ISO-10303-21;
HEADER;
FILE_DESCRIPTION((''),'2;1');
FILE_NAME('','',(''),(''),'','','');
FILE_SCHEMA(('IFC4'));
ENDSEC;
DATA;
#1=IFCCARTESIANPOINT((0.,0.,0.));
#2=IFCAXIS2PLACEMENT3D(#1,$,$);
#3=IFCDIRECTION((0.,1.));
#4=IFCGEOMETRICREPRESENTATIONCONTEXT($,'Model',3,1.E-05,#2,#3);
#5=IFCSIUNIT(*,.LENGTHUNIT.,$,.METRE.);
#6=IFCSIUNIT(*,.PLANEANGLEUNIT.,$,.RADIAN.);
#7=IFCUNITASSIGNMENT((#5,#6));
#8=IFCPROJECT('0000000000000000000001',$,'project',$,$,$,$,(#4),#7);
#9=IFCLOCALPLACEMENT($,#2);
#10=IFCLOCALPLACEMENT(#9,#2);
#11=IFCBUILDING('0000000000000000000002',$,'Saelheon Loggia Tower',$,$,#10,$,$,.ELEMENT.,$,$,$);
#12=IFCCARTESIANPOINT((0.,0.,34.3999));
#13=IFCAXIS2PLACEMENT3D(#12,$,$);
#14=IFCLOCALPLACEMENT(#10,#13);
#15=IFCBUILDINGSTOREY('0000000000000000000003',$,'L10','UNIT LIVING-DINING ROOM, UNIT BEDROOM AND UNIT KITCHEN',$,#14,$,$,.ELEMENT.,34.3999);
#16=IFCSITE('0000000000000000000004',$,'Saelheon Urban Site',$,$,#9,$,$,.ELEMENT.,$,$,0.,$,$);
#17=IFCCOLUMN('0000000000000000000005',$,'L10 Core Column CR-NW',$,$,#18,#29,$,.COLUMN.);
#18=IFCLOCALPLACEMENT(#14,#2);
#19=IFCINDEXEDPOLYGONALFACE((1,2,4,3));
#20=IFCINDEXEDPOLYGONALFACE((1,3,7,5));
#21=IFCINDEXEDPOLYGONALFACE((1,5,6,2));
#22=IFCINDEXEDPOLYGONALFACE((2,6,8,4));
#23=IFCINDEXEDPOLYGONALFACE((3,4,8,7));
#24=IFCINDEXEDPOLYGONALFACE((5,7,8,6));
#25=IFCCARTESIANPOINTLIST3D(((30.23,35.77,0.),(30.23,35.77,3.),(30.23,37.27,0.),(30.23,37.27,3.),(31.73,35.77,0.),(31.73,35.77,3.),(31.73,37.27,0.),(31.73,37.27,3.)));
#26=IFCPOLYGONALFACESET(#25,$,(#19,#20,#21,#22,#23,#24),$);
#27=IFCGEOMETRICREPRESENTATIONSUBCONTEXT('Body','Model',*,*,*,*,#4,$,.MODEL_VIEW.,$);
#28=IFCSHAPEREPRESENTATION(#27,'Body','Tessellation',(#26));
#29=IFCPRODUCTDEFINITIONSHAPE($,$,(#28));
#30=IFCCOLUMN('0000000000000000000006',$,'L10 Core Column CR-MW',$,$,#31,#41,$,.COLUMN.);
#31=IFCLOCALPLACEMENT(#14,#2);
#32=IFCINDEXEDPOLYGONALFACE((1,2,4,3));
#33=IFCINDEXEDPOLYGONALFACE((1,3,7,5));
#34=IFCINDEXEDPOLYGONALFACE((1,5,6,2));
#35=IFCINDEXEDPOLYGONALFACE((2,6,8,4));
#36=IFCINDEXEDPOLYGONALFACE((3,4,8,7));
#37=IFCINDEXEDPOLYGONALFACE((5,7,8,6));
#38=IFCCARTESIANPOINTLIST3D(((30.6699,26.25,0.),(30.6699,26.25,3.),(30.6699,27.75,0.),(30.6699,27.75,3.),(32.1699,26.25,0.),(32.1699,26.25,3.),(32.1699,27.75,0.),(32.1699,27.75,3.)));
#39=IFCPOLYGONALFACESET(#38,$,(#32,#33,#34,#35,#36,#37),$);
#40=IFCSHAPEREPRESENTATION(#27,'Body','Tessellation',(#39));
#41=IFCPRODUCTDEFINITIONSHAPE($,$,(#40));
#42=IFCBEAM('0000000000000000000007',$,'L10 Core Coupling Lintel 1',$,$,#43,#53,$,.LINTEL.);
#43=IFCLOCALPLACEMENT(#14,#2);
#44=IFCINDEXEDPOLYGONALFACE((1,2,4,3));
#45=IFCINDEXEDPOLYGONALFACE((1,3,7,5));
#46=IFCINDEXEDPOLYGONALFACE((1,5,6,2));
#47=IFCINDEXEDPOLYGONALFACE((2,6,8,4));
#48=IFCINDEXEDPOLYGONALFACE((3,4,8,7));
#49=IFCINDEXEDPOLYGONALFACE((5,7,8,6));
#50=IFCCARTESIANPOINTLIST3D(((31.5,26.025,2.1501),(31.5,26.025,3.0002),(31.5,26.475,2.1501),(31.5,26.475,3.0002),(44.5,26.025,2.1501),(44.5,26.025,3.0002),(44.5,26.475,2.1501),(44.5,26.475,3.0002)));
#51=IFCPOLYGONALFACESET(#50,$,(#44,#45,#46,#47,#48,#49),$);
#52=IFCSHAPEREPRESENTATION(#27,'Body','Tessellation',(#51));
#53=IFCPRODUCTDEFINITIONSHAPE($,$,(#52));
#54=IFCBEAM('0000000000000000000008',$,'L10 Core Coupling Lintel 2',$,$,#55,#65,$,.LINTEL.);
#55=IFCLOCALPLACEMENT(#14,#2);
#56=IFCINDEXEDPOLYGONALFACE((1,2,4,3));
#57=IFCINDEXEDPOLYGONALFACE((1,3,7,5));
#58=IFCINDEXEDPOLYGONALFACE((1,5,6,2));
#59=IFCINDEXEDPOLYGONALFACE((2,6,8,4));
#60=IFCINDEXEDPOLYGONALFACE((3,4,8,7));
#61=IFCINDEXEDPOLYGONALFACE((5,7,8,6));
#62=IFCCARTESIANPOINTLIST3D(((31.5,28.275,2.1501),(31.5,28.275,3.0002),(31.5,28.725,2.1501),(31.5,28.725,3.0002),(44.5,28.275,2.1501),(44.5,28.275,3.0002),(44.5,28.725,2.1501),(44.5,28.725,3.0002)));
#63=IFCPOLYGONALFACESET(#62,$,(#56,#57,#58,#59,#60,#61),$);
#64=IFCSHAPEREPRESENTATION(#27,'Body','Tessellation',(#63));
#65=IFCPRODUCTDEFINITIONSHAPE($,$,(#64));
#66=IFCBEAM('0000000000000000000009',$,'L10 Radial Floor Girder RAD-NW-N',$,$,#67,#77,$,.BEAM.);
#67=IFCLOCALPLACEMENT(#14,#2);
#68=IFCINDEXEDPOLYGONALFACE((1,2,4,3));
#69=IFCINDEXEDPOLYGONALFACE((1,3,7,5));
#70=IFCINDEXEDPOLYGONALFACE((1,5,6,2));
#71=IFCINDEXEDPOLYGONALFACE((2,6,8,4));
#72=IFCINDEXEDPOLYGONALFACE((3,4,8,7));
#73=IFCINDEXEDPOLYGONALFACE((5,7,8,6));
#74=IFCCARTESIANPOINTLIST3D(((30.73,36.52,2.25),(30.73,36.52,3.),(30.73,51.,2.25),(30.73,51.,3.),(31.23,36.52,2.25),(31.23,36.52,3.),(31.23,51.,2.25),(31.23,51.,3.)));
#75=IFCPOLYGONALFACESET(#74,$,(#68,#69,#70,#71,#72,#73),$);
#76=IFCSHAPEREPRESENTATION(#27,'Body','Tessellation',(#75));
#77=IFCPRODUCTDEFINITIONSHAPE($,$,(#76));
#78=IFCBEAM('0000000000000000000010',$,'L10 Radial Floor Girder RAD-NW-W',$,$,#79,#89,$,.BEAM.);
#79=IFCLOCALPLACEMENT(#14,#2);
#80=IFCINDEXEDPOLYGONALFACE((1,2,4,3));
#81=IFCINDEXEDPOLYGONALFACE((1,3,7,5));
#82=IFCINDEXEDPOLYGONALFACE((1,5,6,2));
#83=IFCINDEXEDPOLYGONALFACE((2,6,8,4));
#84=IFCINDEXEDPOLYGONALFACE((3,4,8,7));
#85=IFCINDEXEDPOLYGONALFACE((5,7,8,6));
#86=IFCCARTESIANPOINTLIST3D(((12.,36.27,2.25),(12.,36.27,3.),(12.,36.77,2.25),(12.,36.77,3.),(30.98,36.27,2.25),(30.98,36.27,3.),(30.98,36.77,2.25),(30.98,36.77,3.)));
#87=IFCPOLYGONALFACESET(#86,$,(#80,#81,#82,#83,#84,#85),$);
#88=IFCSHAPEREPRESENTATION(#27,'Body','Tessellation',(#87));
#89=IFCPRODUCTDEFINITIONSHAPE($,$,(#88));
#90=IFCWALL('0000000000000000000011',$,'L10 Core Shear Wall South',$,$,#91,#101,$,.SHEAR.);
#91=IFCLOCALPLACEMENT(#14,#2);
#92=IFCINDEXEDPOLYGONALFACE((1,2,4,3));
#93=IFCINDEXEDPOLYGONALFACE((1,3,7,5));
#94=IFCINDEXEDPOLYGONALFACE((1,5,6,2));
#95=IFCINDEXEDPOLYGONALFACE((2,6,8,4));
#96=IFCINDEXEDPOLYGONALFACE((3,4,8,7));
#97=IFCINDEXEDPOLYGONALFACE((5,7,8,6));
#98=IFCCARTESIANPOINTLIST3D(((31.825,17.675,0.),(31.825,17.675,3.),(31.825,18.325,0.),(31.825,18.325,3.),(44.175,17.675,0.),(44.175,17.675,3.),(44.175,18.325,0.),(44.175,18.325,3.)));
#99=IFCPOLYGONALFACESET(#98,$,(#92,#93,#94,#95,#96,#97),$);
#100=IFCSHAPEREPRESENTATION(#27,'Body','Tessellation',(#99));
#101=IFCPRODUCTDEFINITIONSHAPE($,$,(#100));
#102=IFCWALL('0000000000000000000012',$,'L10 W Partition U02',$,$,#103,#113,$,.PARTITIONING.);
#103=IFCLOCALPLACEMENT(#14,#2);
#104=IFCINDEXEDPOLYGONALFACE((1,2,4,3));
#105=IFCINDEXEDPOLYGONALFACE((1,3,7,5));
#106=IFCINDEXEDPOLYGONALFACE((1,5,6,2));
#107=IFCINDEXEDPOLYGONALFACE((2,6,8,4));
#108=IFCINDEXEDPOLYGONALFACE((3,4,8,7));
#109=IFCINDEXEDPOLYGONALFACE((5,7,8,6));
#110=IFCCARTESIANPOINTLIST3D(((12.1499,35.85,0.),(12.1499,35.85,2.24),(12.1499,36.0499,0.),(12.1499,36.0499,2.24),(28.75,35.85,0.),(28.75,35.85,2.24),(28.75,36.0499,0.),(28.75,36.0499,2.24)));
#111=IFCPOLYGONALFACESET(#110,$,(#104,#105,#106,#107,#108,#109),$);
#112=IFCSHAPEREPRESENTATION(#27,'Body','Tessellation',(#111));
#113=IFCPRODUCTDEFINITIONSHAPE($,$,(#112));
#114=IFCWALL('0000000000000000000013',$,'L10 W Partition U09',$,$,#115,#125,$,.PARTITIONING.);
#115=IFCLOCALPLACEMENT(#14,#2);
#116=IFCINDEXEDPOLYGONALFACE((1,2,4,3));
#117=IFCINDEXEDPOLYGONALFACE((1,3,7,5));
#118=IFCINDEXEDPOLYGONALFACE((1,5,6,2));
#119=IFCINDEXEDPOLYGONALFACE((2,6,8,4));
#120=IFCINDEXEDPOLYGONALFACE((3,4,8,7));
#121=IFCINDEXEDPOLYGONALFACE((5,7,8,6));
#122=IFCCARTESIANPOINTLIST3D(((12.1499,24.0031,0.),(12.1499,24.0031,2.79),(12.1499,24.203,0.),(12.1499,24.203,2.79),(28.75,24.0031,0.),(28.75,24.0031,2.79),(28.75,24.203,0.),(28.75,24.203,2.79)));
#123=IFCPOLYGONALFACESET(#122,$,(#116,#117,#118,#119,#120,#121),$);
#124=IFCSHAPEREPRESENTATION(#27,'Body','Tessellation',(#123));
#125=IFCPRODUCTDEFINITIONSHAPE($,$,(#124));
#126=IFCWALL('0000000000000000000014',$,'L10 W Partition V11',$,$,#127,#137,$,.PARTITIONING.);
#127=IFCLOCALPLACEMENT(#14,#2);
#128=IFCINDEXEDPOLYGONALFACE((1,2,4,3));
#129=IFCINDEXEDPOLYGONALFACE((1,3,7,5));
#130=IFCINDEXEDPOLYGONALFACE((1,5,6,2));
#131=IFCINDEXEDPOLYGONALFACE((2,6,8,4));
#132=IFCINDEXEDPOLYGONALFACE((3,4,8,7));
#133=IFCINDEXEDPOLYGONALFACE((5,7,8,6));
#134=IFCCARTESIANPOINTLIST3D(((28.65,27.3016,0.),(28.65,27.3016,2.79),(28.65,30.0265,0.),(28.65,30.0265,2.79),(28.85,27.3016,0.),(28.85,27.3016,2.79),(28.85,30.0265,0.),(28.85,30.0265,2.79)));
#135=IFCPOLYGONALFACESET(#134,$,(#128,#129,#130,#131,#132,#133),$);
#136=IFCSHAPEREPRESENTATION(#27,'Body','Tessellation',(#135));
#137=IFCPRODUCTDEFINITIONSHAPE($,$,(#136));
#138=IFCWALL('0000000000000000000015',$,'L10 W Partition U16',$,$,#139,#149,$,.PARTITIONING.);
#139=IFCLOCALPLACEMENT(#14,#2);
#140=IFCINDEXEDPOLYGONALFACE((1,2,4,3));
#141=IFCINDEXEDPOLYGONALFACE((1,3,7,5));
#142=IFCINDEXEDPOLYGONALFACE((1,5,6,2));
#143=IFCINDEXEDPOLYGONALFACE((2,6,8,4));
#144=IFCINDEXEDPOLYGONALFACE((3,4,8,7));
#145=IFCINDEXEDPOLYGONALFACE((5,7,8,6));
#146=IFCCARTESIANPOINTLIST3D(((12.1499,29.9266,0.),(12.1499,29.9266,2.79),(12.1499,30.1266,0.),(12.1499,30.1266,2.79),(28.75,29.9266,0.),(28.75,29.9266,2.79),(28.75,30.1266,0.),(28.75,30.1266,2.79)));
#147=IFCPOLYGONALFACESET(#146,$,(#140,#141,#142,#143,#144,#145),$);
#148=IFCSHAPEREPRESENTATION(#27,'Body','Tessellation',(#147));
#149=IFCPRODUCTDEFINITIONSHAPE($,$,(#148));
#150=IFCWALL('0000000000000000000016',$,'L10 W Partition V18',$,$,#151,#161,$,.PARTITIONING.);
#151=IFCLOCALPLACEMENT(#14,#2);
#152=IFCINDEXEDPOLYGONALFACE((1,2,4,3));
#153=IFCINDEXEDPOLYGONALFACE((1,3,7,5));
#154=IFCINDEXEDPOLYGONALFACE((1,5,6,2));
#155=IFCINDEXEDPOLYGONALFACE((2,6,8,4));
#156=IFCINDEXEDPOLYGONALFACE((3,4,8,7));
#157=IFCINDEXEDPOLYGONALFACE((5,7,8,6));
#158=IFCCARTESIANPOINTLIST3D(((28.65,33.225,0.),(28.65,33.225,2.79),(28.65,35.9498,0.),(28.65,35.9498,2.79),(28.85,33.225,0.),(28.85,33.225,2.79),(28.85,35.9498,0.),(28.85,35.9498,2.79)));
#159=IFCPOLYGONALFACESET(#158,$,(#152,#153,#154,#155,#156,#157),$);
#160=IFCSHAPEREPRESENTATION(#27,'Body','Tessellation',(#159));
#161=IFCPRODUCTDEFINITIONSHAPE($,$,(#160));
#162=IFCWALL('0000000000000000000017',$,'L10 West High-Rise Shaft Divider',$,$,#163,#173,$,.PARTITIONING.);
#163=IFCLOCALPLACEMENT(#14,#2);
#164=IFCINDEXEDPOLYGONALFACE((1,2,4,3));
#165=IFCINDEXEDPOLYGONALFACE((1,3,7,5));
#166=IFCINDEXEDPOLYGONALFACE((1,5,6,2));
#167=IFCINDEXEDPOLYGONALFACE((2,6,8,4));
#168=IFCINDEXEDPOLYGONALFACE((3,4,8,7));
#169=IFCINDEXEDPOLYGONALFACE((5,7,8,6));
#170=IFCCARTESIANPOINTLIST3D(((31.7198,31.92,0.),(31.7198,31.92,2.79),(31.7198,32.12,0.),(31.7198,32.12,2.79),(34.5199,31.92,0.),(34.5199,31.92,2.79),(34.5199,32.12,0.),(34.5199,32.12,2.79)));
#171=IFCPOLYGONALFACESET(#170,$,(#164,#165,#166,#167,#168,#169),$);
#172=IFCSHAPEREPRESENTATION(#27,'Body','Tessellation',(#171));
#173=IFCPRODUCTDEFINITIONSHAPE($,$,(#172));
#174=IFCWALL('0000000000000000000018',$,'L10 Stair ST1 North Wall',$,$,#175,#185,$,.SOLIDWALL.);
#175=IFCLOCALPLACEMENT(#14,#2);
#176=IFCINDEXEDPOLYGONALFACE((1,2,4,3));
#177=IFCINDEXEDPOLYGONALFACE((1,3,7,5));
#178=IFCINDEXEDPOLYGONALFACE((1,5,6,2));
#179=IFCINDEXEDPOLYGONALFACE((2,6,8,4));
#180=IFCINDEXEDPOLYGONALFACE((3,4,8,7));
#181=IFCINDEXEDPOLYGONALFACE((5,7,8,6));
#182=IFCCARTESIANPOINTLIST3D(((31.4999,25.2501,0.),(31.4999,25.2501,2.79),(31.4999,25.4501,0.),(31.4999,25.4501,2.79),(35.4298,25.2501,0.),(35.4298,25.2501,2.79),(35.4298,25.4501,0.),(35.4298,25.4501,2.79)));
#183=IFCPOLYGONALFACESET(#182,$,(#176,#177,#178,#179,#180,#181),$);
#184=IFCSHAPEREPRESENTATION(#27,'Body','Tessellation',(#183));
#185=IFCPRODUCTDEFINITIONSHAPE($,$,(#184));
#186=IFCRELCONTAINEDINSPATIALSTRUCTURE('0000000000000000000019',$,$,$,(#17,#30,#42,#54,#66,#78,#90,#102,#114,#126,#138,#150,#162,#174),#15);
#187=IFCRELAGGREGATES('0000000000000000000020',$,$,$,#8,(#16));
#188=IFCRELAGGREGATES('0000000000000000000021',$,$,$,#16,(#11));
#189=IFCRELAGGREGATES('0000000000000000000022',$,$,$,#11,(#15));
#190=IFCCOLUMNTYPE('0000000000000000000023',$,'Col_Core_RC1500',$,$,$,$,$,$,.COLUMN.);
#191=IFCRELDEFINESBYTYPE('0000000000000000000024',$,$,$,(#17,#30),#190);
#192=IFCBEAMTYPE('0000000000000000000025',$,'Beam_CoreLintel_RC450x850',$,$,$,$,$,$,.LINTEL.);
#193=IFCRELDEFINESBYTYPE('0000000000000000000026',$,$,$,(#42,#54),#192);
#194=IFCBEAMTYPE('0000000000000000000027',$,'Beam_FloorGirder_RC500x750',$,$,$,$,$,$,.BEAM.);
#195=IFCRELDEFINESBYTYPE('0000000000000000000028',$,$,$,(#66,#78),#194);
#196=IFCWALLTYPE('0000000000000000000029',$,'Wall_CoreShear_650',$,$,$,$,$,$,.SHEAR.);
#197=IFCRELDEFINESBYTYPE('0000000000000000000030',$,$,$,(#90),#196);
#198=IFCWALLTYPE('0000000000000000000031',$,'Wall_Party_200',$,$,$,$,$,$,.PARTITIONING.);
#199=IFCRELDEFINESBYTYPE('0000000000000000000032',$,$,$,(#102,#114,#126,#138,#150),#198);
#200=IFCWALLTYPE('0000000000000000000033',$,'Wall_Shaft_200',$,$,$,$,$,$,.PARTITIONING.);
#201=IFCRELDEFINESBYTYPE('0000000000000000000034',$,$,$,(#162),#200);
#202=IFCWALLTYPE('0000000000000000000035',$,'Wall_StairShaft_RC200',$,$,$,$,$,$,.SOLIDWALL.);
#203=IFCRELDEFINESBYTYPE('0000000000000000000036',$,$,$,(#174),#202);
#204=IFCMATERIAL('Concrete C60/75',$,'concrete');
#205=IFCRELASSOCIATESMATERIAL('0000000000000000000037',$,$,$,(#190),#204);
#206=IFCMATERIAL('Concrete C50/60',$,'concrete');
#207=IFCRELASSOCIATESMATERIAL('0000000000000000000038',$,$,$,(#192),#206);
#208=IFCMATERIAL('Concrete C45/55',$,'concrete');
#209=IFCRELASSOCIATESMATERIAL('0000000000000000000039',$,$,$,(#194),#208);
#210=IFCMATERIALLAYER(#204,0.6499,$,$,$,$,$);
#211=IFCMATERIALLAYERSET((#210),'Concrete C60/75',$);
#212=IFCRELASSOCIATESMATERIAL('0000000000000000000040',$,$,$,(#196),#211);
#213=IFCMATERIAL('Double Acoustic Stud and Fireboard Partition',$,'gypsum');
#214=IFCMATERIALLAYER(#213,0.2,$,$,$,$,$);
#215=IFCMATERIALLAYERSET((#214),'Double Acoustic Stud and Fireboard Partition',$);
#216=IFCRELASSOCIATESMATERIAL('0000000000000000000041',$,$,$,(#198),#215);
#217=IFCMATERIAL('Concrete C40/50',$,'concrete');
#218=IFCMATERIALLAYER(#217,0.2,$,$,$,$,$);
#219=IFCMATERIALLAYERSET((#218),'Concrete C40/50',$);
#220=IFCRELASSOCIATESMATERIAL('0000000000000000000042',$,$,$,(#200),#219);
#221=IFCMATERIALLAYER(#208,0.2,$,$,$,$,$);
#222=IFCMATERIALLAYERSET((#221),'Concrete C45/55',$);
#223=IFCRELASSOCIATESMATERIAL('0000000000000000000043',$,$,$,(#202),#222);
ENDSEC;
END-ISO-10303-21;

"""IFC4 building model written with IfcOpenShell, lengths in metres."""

from ifc_helpers import new_model, si_unit, direction, frame, frame_2d, origin, origin_2d, place, context, subcontext, project, spatial, rectangle, extrude, source, transform, mapped, material, layer, layer_set, material_profile, profile_set, type_object, element, save


model = new_model("IFC4")

# Units and contexts
model_context = context("Model", 3, precision=1e-05, world=origin(), true_north=direction((0.0, 1.0)))
body_context = subcontext(model_context, "Body", "Model", "MODEL_VIEW")
ifc_project = project(units=[si_unit("LENGTHUNIT", "METRE"), si_unit("PLANEANGLEUNIT", "RADIAN")], contexts=[model_context])

# Site, building, storey
site_placement = place(None, origin())
site = spatial("IfcSite", under=ifc_project, at=site_placement, Name="Saelheon Urban Site", CompositionType="ELEMENT", RefElevation=0.0)
building_placement = place(site_placement, origin())
building = spatial("IfcBuilding", under=site, at=building_placement, Name="Saelheon Loggia Tower", CompositionType="ELEMENT")
storey_placement = place(building_placement, frame((0.0, 0.0, 34.3999)))
storey = spatial("IfcBuildingStorey", under=building, at=storey_placement, Name="L10", Description="UNIT LIVING-DINING ROOM, UNIT BEDROOM AND UNIT KITCHEN", CompositionType="ELEMENT", Elevation=34.3999)

# Columns
ifc_material_1 = material(Name="Concrete C60/75", Category="concrete")
ifc_material_profile_1 = material_profile(ifc_material_1, rectangle(XDim=1.5, YDim=1.5, at=origin_2d()), Name="RC-1500x1500")
ifc_profile_set_1 = profile_set([ifc_material_profile_1], Name="Concrete C60/75")
column_type = type_object("IfcColumnType", Name="Col_Core_RC1500", PredefinedType="COLUMN", material=ifc_profile_set_1)
shared_shape_1 = source(origin(), body_context, "Body", "SweptSolid", [
    extrude(rectangle(XDim=1.5, YDim=1.5, at=origin_2d()), origin(), (0.0, 0.0, 1.0), 3.0),
])
for number, where, z_axis, x_axis, name in (
    (1, (30.98, 36.52, 0.0), (0.0, 0.0, 1.0), (1.0, 0.0, 0.0), "L10 Core Column CR-NW"),
    (2, (31.4199, 27.0, 0.0), (0.0, 0.0, 1.0), (1.0, 0.0, 0.0), "L10 Core Column CR-MW"),
):
    element("IfcColumn", number, at=place(storey_placement, frame(where, z_axis=z_axis, x_axis=x_axis)), inside=storey, type_object=column_type, Name=name, PredefinedType="COLUMN", context=body_context, shape_type="MappedRepresentation", body=[
        mapped(shared_shape_1, transform((0.0, 0.0, 0.0), scale=1.0)),
    ])

# Beams
ifc_material_2 = material(Name="Concrete C50/60", Category="concrete")
ifc_material_profile_2 = material_profile(ifc_material_2, rectangle(XDim=0.45, YDim=0.8501, at=origin_2d()), Name="RC-450x850")
ifc_profile_set_2 = profile_set([ifc_material_profile_2], Name="Concrete C50/60")
beam_type_1 = type_object("IfcBeamType", Name="Beam_CoreLintel_RC450x850", PredefinedType="LINTEL", material=ifc_profile_set_2)
shared_shape_2 = source(origin(), body_context, "Body", "SweptSolid", [
    extrude(rectangle(XDim=0.45, YDim=0.8501, at=origin_2d()), origin(), (0.0, 0.0, 1.0), 13.0),
])
for number, where, z_axis, x_axis, name in (
    (3, (31.5, 26.25, 2.5752), (1.0, 0.0, 0.0), (0.0, 1.0, 0.0), "L10 Core Coupling Lintel 1"),
    (4, (31.5, 28.5, 2.5752), (1.0, 0.0, 0.0), (0.0, 1.0, 0.0), "L10 Core Coupling Lintel 2"),
):
    element("IfcBeam", number, at=place(storey_placement, frame(where, z_axis=z_axis, x_axis=x_axis)), inside=storey, type_object=beam_type_1, Name=name, PredefinedType="LINTEL", context=body_context, shape_type="MappedRepresentation", body=[
        mapped(shared_shape_2, transform((0.0, 0.0, 0.0), scale=1.0)),
    ])
ifc_material_3 = material(Name="Concrete C45/55", Category="concrete")
ifc_material_profile_3 = material_profile(ifc_material_3, rectangle(XDim=0.5, YDim=0.75, at=origin_2d()), Name="RC-500x750")
ifc_profile_set_3 = profile_set([ifc_material_profile_3], Name="Concrete C45/55")
beam_type_2 = type_object("IfcBeamType", Name="Beam_FloorGirder_RC500x750", PredefinedType="BEAM", material=ifc_profile_set_3)
shared_shape_3 = source(origin(), body_context, "Body", "SweptSolid", [
    extrude(rectangle(XDim=0.5, YDim=0.75, at=origin_2d()), origin(), (0.0, 0.0, 1.0), 14.48),
])
beam_1_placement = place(storey_placement, frame((30.98, 36.52, 2.625), z_axis=(0.0, 1.0, 0.0), x_axis=(-1.0, 0.0, 0.0)))
element("IfcBeam", 5, at=beam_1_placement, inside=storey, type_object=beam_type_2, Name="L10 Radial Floor Girder RAD-NW-N", PredefinedType="BEAM", context=body_context, shape_type="MappedRepresentation", body=[
    mapped(shared_shape_3, transform((0.0, 0.0, 0.0), scale=1.0)),
])
shared_shape_4 = source(origin(), body_context, "Body", "SweptSolid", [
    extrude(rectangle(XDim=0.5, YDim=0.75, at=origin_2d()), origin(), (0.0, 0.0, 1.0), 18.98),
])
beam_2_placement = place(storey_placement, frame((30.98, 36.52, 2.625), z_axis=(-1.0, 0.0, 0.0), x_axis=(0.0, -1.0, 0.0)))
element("IfcBeam", 6, at=beam_2_placement, inside=storey, type_object=beam_type_2, Name="L10 Radial Floor Girder RAD-NW-W", PredefinedType="BEAM", context=body_context, shape_type="MappedRepresentation", body=[
    mapped(shared_shape_4, transform((0.0, 0.0, 0.0), scale=1.0)),
])

# Wall
ifc_layer_1 = layer(ifc_material_1, 0.6499)
ifc_layer_set_1 = layer_set([ifc_layer_1], Name="Concrete C60/75")
wall_type_1 = type_object("IfcWallType", Name="Wall_CoreShear_650", PredefinedType="SHEAR", material=ifc_layer_set_1)
wall_1_placement = place(storey_placement, frame((31.825, 18.0, 0.0), z_axis=(0.0, 0.0, 1.0), x_axis=(1.0, 0.0, 0.0)))
element("IfcWall", 7, at=wall_1_placement, inside=storey, type_object=wall_type_1, Name="L10 Core Shear Wall South", PredefinedType="SHEAR", context=body_context, shape_type="SweptSolid", body=[
    extrude(rectangle(XDim=12.3501, YDim=0.6499, at=frame_2d((6.175, 0.0))), origin(), (0.0, 0.0, 1.0), 3.0),
])

# Wall
ifc_material_4 = material(Name="Double Acoustic Stud and Fireboard Partition", Category="gypsum")
ifc_layer_2 = layer(ifc_material_4, 0.2)
ifc_layer_set_2 = layer_set([ifc_layer_2], Name="Double Acoustic Stud and Fireboard Partition")
wall_type_2 = type_object("IfcWallType", Name="Wall_Party_200", PredefinedType="PARTITIONING", material=ifc_layer_set_2)
wall_2_placement = place(storey_placement, frame((28.75, 35.95, 0.0), z_axis=(0.0, 0.0, 1.0), x_axis=(-1.0, 0.0, 0.0)))
element("IfcWall", 8, at=wall_2_placement, inside=storey, type_object=wall_type_2, Name="L10 W Partition U02", PredefinedType="PARTITIONING", context=body_context, shape_type="SweptSolid", body=[
    extrude(rectangle(XDim=16.6001, YDim=0.2, at=frame_2d((8.3, 0.0))), origin(), (0.0, 0.0, 1.0), 2.24),
])

# Wall
wall_3_placement = place(storey_placement, frame((28.75, 24.103, 0.0), z_axis=(0.0, 0.0, 1.0), x_axis=(-1.0, 0.0, 0.0)))
element("IfcWall", 9, at=wall_3_placement, inside=storey, type_object=wall_type_2, Name="L10 W Partition U09", PredefinedType="PARTITIONING", context=body_context, shape_type="SweptSolid", body=[
    extrude(rectangle(XDim=16.6001, YDim=0.2, at=frame_2d((8.3, 0.0))), origin(), (0.0, 0.0, 1.0), 2.79),
])

# Walls
wall_4_placement = place(storey_placement, frame((28.75, 27.3018, 0.0), z_axis=(0.0, 0.0, 1.0), x_axis=(0.0, 1.0, 0.0)))
element("IfcWall", 10, at=wall_4_placement, inside=storey, type_object=wall_type_2, Name="L10 W Partition V11", PredefinedType="PARTITIONING", context=body_context, shape_type="SweptSolid", body=[
    extrude(rectangle(XDim=2.7249, YDim=0.2, at=frame_2d((1.3623, 0.0))), origin(), (0.0, 0.0, 1.0), 2.79),
])
wall_5_placement = place(storey_placement, frame((28.75, 30.0266, 0.0), z_axis=(0.0, 0.0, 1.0), x_axis=(-1.0, 0.0, 0.0)))
element("IfcWall", 11, at=wall_5_placement, inside=storey, type_object=wall_type_2, Name="L10 W Partition U16", PredefinedType="PARTITIONING", context=body_context, shape_type="SweptSolid", body=[
    extrude(rectangle(XDim=16.6001, YDim=0.2, at=frame_2d((8.3, 0.0))), origin(), (0.0, 0.0, 1.0), 2.79),
])

# Walls
wall_6_placement = place(storey_placement, frame((28.75, 33.2251, 0.0), z_axis=(0.0, 0.0, 1.0), x_axis=(0.0, 1.0, 0.0)))
element("IfcWall", 12, at=wall_6_placement, inside=storey, type_object=wall_type_2, Name="L10 W Partition V18", PredefinedType="PARTITIONING", context=body_context, shape_type="SweptSolid", body=[
    extrude(rectangle(XDim=2.7249, YDim=0.2, at=frame_2d((1.3623, 0.0))), origin(), (0.0, 0.0, 1.0), 2.79),
])
ifc_material_5 = material(Name="Concrete C40/50", Category="concrete")
ifc_layer_3 = layer(ifc_material_5, 0.2)
ifc_layer_set_3 = layer_set([ifc_layer_3], Name="Concrete C40/50")
wall_type_3 = type_object("IfcWallType", Name="Wall_Shaft_200", PredefinedType="PARTITIONING", material=ifc_layer_set_3)
wall_7_placement = place(storey_placement, frame((31.72, 32.02, 0.0), z_axis=(0.0, 0.0, 1.0), x_axis=(1.0, 0.0, 0.0)))
element("IfcWall", 13, at=wall_7_placement, inside=storey, type_object=wall_type_3, Name="L10 West High-Rise Shaft Divider", PredefinedType="PARTITIONING", context=body_context, shape_type="SweptSolid", body=[
    extrude(rectangle(XDim=2.8, YDim=0.2, at=frame_2d((1.3999, 0.0))), origin(), (0.0, 0.0, 1.0), 2.79),
])
ifc_layer_4 = layer(ifc_material_3, 0.2)
ifc_layer_set_4 = layer_set([ifc_layer_4], Name="Concrete C45/55")
wall_type_4 = type_object("IfcWallType", Name="Wall_StairShaft_RC200", PredefinedType="SOLIDWALL", material=ifc_layer_set_4)
wall_8_placement = place(storey_placement, frame((31.5, 25.3501, 0.0), z_axis=(0.0, 0.0, 1.0), x_axis=(1.0, 0.0, 0.0)))
element("IfcWall", 14, at=wall_8_placement, inside=storey, type_object=wall_type_4, Name="L10 Stair ST1 North Wall", PredefinedType="SOLIDWALL", context=body_context, shape_type="SweptSolid", body=[
    extrude(rectangle(XDim=3.9299, YDim=0.2, at=frame_2d((1.9648, 0.0))), origin(), (0.0, 0.0, 1.0), 2.79),
])

save(model, "model.ifc")
